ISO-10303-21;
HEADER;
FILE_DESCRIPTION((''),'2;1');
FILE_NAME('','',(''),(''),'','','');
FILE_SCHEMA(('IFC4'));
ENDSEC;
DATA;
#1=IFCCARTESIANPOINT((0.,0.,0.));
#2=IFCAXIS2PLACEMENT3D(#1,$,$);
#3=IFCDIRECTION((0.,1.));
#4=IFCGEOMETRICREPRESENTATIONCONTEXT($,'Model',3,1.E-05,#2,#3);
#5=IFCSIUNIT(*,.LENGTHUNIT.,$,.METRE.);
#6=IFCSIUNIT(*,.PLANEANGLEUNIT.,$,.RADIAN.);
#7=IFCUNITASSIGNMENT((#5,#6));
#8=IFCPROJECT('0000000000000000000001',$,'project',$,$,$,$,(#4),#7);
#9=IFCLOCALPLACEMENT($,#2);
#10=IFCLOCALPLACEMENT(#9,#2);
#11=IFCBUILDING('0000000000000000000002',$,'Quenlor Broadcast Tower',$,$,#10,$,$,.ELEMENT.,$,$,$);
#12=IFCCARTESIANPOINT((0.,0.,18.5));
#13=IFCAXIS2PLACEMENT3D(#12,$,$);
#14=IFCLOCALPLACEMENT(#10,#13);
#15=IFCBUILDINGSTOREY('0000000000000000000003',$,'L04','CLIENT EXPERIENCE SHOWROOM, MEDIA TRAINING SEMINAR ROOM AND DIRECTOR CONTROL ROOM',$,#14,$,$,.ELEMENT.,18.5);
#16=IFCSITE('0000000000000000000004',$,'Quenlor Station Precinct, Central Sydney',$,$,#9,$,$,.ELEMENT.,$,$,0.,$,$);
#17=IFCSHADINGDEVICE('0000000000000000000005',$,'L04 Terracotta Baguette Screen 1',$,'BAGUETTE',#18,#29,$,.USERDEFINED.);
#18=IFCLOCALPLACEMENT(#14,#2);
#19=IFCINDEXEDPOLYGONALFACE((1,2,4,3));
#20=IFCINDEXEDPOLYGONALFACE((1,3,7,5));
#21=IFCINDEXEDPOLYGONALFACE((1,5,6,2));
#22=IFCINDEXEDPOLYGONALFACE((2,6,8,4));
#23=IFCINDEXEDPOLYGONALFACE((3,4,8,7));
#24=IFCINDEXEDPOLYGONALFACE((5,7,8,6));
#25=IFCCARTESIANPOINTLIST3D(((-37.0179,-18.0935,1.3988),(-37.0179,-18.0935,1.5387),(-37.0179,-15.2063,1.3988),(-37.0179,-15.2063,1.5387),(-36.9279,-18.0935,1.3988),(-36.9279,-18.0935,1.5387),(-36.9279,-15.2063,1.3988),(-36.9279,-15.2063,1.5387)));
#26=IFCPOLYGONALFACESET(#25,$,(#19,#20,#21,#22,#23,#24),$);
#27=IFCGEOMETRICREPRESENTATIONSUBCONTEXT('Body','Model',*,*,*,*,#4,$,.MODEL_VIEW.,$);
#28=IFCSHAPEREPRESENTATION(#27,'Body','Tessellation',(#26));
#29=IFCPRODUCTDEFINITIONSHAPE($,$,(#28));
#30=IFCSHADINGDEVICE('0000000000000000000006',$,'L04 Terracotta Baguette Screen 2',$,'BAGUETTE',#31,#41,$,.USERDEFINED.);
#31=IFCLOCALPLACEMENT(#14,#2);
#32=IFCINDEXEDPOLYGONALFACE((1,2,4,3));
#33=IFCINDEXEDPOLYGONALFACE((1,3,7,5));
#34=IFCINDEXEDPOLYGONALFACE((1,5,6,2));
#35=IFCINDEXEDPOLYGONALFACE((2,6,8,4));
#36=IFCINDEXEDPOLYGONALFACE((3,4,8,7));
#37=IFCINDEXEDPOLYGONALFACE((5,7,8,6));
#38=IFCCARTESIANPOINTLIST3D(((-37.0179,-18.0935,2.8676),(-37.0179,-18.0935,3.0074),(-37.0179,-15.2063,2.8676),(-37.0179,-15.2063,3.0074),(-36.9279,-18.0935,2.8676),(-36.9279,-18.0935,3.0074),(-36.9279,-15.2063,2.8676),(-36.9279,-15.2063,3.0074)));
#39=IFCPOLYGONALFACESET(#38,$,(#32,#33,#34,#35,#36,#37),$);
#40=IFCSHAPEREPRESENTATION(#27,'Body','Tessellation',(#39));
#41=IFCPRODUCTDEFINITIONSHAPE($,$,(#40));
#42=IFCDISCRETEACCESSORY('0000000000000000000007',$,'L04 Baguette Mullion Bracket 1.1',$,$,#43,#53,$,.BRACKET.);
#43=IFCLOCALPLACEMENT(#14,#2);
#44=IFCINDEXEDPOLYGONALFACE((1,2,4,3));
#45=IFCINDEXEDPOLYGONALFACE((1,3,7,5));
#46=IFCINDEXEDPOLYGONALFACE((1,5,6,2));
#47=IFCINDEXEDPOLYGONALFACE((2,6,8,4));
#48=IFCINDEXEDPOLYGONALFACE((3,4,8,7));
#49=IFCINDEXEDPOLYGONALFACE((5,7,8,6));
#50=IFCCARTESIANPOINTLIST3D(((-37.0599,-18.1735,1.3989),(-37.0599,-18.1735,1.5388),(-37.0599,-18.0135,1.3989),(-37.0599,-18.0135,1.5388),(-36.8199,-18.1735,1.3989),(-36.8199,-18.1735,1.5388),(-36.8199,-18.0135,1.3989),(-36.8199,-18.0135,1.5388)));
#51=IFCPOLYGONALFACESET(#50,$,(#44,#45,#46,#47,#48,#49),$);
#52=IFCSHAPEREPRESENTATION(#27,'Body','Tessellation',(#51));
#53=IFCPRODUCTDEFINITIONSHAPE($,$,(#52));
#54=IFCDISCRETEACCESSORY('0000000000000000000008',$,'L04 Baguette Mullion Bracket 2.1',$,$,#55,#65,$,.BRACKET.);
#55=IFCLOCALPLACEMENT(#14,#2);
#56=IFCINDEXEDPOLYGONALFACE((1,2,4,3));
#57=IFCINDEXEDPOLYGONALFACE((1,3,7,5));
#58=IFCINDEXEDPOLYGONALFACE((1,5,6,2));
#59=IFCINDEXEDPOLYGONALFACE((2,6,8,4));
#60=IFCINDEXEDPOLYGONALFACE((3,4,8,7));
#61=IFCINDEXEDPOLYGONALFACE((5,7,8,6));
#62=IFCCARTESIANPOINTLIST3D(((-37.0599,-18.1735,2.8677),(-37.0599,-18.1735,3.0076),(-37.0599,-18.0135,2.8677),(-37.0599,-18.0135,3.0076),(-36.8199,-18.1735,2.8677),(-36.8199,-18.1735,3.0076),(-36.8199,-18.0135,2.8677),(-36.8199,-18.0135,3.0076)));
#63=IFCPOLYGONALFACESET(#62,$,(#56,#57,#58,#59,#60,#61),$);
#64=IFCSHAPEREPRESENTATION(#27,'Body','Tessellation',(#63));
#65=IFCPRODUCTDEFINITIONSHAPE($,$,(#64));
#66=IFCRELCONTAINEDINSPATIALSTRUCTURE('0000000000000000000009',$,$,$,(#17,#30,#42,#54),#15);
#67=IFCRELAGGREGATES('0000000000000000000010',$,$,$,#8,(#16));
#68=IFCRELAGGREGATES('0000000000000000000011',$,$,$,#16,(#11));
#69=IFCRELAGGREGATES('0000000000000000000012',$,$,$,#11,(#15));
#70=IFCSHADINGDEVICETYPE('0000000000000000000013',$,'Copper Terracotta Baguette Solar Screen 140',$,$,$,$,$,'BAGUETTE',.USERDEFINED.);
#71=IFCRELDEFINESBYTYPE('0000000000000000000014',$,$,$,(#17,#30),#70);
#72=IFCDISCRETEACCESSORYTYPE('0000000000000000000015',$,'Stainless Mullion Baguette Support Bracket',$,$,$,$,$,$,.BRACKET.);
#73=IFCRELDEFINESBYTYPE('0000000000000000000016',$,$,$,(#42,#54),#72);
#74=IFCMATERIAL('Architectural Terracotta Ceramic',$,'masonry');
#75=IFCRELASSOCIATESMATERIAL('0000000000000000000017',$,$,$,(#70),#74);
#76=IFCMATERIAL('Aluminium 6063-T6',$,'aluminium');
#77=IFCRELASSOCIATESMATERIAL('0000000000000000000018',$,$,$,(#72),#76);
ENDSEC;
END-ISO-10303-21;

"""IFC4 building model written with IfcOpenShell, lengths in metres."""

from ifc_helpers import new_model, si_unit, direction, frame, origin, origin_2d, place, context, subcontext, project, spatial, rectangle, extrude, material, material_profile, profile_set, type_object, element, save


model = new_model("IFC4")

# Units and contexts
model_context = context("Model", 3, precision=1e-05, world=origin(), true_north=direction((0.0, 1.0)))
body_context = subcontext(model_context, "Body", "Model", "MODEL_VIEW")
ifc_project = project(units=[si_unit("LENGTHUNIT", "METRE"), si_unit("PLANEANGLEUNIT", "RADIAN")], contexts=[model_context])

# Site, building, storey
site_placement = place(None, origin())
site = spatial("IfcSite", under=ifc_project, at=site_placement, Name="Quenlor Station Precinct, Central Sydney", CompositionType="ELEMENT", RefElevation=0.0)
building_placement = place(site_placement, origin())
building = spatial("IfcBuilding", under=site, at=building_placement, Name="Quenlor Broadcast Tower", CompositionType="ELEMENT")
storey_placement = place(building_placement, frame((0.0, 0.0, 18.5)))
storey = spatial("IfcBuildingStorey", under=building, at=storey_placement, Name="L04", Description="CLIENT EXPERIENCE SHOWROOM, MEDIA TRAINING SEMINAR ROOM AND DIRECTOR CONTROL ROOM", CompositionType="ELEMENT", Elevation=18.5)

# Shading devices
ifc_material_1 = material(Name="Architectural Terracotta Ceramic", Category="masonry")
ifc_material_profile_1 = material_profile(ifc_material_1, rectangle(XDim=0.0901, YDim=0.1399, at=origin_2d()))
ifc_profile_set_1 = profile_set([ifc_material_profile_1], Name="Architectural Terracotta Ceramic BAG90x140")
shading_device_type = type_object("IfcShadingDeviceType", Name="Copper Terracotta Baguette Solar Screen 140", ElementType="BAGUETTE", PredefinedType="USERDEFINED", material=ifc_profile_set_1)
for number, where, z_axis, x_axis, name in (
    (1, (-36.9729, -18.0935, 1.4688), (0.0, 1.0, 0.0), (-1.0, 0.0, 0.0), "L04 Terracotta Baguette Screen 1"),
    (2, (-36.9729, -18.0935, 2.9375), (0.0, 1.0, 0.0), (-1.0, 0.0, 0.0), "L04 Terracotta Baguette Screen 2"),
):
    element("IfcShadingDevice", number, at=place(storey_placement, frame(where, z_axis=z_axis, x_axis=x_axis)), inside=storey, type_object=shading_device_type, Name=name, ObjectType="BAGUETTE", PredefinedType="USERDEFINED", context=body_context, shape_type="SweptSolid", body=[
        extrude(rectangle(XDim=0.0901, YDim=0.1399, at=origin_2d()), origin(), (0.0, 0.0, 1.0), 2.8872),
    ])

# Discrete accessories
ifc_material_2 = material(Name="Aluminium 6063-T6", Category="aluminium")
discrete_accessory_type = type_object("IfcDiscreteAccessoryType", Name="Stainless Mullion Baguette Support Bracket", PredefinedType="BRACKET", material=ifc_material_2)
for number, where, z_axis, x_axis, name in (
    (3, (-36.9399, -18.0935, 1.3989), (0.0, 0.0, 1.0), (0.0, 1.0, 0.0), "L04 Baguette Mullion Bracket 1.1"),
    (4, (-36.9399, -18.0935, 2.8677), (0.0, 0.0, 1.0), (0.0, 1.0, 0.0), "L04 Baguette Mullion Bracket 2.1"),
):
    element("IfcDiscreteAccessory", number, at=place(storey_placement, frame(where, z_axis=z_axis, x_axis=x_axis)), inside=storey, type_object=discrete_accessory_type, Name=name, PredefinedType="BRACKET", context=body_context, shape_type="SweptSolid", body=[
        extrude(rectangle(XDim=0.1599, YDim=0.24, at=origin_2d()), origin(), (0.0, 0.0, 1.0), 0.1399),
    ])

save(model, "model.ifc")
